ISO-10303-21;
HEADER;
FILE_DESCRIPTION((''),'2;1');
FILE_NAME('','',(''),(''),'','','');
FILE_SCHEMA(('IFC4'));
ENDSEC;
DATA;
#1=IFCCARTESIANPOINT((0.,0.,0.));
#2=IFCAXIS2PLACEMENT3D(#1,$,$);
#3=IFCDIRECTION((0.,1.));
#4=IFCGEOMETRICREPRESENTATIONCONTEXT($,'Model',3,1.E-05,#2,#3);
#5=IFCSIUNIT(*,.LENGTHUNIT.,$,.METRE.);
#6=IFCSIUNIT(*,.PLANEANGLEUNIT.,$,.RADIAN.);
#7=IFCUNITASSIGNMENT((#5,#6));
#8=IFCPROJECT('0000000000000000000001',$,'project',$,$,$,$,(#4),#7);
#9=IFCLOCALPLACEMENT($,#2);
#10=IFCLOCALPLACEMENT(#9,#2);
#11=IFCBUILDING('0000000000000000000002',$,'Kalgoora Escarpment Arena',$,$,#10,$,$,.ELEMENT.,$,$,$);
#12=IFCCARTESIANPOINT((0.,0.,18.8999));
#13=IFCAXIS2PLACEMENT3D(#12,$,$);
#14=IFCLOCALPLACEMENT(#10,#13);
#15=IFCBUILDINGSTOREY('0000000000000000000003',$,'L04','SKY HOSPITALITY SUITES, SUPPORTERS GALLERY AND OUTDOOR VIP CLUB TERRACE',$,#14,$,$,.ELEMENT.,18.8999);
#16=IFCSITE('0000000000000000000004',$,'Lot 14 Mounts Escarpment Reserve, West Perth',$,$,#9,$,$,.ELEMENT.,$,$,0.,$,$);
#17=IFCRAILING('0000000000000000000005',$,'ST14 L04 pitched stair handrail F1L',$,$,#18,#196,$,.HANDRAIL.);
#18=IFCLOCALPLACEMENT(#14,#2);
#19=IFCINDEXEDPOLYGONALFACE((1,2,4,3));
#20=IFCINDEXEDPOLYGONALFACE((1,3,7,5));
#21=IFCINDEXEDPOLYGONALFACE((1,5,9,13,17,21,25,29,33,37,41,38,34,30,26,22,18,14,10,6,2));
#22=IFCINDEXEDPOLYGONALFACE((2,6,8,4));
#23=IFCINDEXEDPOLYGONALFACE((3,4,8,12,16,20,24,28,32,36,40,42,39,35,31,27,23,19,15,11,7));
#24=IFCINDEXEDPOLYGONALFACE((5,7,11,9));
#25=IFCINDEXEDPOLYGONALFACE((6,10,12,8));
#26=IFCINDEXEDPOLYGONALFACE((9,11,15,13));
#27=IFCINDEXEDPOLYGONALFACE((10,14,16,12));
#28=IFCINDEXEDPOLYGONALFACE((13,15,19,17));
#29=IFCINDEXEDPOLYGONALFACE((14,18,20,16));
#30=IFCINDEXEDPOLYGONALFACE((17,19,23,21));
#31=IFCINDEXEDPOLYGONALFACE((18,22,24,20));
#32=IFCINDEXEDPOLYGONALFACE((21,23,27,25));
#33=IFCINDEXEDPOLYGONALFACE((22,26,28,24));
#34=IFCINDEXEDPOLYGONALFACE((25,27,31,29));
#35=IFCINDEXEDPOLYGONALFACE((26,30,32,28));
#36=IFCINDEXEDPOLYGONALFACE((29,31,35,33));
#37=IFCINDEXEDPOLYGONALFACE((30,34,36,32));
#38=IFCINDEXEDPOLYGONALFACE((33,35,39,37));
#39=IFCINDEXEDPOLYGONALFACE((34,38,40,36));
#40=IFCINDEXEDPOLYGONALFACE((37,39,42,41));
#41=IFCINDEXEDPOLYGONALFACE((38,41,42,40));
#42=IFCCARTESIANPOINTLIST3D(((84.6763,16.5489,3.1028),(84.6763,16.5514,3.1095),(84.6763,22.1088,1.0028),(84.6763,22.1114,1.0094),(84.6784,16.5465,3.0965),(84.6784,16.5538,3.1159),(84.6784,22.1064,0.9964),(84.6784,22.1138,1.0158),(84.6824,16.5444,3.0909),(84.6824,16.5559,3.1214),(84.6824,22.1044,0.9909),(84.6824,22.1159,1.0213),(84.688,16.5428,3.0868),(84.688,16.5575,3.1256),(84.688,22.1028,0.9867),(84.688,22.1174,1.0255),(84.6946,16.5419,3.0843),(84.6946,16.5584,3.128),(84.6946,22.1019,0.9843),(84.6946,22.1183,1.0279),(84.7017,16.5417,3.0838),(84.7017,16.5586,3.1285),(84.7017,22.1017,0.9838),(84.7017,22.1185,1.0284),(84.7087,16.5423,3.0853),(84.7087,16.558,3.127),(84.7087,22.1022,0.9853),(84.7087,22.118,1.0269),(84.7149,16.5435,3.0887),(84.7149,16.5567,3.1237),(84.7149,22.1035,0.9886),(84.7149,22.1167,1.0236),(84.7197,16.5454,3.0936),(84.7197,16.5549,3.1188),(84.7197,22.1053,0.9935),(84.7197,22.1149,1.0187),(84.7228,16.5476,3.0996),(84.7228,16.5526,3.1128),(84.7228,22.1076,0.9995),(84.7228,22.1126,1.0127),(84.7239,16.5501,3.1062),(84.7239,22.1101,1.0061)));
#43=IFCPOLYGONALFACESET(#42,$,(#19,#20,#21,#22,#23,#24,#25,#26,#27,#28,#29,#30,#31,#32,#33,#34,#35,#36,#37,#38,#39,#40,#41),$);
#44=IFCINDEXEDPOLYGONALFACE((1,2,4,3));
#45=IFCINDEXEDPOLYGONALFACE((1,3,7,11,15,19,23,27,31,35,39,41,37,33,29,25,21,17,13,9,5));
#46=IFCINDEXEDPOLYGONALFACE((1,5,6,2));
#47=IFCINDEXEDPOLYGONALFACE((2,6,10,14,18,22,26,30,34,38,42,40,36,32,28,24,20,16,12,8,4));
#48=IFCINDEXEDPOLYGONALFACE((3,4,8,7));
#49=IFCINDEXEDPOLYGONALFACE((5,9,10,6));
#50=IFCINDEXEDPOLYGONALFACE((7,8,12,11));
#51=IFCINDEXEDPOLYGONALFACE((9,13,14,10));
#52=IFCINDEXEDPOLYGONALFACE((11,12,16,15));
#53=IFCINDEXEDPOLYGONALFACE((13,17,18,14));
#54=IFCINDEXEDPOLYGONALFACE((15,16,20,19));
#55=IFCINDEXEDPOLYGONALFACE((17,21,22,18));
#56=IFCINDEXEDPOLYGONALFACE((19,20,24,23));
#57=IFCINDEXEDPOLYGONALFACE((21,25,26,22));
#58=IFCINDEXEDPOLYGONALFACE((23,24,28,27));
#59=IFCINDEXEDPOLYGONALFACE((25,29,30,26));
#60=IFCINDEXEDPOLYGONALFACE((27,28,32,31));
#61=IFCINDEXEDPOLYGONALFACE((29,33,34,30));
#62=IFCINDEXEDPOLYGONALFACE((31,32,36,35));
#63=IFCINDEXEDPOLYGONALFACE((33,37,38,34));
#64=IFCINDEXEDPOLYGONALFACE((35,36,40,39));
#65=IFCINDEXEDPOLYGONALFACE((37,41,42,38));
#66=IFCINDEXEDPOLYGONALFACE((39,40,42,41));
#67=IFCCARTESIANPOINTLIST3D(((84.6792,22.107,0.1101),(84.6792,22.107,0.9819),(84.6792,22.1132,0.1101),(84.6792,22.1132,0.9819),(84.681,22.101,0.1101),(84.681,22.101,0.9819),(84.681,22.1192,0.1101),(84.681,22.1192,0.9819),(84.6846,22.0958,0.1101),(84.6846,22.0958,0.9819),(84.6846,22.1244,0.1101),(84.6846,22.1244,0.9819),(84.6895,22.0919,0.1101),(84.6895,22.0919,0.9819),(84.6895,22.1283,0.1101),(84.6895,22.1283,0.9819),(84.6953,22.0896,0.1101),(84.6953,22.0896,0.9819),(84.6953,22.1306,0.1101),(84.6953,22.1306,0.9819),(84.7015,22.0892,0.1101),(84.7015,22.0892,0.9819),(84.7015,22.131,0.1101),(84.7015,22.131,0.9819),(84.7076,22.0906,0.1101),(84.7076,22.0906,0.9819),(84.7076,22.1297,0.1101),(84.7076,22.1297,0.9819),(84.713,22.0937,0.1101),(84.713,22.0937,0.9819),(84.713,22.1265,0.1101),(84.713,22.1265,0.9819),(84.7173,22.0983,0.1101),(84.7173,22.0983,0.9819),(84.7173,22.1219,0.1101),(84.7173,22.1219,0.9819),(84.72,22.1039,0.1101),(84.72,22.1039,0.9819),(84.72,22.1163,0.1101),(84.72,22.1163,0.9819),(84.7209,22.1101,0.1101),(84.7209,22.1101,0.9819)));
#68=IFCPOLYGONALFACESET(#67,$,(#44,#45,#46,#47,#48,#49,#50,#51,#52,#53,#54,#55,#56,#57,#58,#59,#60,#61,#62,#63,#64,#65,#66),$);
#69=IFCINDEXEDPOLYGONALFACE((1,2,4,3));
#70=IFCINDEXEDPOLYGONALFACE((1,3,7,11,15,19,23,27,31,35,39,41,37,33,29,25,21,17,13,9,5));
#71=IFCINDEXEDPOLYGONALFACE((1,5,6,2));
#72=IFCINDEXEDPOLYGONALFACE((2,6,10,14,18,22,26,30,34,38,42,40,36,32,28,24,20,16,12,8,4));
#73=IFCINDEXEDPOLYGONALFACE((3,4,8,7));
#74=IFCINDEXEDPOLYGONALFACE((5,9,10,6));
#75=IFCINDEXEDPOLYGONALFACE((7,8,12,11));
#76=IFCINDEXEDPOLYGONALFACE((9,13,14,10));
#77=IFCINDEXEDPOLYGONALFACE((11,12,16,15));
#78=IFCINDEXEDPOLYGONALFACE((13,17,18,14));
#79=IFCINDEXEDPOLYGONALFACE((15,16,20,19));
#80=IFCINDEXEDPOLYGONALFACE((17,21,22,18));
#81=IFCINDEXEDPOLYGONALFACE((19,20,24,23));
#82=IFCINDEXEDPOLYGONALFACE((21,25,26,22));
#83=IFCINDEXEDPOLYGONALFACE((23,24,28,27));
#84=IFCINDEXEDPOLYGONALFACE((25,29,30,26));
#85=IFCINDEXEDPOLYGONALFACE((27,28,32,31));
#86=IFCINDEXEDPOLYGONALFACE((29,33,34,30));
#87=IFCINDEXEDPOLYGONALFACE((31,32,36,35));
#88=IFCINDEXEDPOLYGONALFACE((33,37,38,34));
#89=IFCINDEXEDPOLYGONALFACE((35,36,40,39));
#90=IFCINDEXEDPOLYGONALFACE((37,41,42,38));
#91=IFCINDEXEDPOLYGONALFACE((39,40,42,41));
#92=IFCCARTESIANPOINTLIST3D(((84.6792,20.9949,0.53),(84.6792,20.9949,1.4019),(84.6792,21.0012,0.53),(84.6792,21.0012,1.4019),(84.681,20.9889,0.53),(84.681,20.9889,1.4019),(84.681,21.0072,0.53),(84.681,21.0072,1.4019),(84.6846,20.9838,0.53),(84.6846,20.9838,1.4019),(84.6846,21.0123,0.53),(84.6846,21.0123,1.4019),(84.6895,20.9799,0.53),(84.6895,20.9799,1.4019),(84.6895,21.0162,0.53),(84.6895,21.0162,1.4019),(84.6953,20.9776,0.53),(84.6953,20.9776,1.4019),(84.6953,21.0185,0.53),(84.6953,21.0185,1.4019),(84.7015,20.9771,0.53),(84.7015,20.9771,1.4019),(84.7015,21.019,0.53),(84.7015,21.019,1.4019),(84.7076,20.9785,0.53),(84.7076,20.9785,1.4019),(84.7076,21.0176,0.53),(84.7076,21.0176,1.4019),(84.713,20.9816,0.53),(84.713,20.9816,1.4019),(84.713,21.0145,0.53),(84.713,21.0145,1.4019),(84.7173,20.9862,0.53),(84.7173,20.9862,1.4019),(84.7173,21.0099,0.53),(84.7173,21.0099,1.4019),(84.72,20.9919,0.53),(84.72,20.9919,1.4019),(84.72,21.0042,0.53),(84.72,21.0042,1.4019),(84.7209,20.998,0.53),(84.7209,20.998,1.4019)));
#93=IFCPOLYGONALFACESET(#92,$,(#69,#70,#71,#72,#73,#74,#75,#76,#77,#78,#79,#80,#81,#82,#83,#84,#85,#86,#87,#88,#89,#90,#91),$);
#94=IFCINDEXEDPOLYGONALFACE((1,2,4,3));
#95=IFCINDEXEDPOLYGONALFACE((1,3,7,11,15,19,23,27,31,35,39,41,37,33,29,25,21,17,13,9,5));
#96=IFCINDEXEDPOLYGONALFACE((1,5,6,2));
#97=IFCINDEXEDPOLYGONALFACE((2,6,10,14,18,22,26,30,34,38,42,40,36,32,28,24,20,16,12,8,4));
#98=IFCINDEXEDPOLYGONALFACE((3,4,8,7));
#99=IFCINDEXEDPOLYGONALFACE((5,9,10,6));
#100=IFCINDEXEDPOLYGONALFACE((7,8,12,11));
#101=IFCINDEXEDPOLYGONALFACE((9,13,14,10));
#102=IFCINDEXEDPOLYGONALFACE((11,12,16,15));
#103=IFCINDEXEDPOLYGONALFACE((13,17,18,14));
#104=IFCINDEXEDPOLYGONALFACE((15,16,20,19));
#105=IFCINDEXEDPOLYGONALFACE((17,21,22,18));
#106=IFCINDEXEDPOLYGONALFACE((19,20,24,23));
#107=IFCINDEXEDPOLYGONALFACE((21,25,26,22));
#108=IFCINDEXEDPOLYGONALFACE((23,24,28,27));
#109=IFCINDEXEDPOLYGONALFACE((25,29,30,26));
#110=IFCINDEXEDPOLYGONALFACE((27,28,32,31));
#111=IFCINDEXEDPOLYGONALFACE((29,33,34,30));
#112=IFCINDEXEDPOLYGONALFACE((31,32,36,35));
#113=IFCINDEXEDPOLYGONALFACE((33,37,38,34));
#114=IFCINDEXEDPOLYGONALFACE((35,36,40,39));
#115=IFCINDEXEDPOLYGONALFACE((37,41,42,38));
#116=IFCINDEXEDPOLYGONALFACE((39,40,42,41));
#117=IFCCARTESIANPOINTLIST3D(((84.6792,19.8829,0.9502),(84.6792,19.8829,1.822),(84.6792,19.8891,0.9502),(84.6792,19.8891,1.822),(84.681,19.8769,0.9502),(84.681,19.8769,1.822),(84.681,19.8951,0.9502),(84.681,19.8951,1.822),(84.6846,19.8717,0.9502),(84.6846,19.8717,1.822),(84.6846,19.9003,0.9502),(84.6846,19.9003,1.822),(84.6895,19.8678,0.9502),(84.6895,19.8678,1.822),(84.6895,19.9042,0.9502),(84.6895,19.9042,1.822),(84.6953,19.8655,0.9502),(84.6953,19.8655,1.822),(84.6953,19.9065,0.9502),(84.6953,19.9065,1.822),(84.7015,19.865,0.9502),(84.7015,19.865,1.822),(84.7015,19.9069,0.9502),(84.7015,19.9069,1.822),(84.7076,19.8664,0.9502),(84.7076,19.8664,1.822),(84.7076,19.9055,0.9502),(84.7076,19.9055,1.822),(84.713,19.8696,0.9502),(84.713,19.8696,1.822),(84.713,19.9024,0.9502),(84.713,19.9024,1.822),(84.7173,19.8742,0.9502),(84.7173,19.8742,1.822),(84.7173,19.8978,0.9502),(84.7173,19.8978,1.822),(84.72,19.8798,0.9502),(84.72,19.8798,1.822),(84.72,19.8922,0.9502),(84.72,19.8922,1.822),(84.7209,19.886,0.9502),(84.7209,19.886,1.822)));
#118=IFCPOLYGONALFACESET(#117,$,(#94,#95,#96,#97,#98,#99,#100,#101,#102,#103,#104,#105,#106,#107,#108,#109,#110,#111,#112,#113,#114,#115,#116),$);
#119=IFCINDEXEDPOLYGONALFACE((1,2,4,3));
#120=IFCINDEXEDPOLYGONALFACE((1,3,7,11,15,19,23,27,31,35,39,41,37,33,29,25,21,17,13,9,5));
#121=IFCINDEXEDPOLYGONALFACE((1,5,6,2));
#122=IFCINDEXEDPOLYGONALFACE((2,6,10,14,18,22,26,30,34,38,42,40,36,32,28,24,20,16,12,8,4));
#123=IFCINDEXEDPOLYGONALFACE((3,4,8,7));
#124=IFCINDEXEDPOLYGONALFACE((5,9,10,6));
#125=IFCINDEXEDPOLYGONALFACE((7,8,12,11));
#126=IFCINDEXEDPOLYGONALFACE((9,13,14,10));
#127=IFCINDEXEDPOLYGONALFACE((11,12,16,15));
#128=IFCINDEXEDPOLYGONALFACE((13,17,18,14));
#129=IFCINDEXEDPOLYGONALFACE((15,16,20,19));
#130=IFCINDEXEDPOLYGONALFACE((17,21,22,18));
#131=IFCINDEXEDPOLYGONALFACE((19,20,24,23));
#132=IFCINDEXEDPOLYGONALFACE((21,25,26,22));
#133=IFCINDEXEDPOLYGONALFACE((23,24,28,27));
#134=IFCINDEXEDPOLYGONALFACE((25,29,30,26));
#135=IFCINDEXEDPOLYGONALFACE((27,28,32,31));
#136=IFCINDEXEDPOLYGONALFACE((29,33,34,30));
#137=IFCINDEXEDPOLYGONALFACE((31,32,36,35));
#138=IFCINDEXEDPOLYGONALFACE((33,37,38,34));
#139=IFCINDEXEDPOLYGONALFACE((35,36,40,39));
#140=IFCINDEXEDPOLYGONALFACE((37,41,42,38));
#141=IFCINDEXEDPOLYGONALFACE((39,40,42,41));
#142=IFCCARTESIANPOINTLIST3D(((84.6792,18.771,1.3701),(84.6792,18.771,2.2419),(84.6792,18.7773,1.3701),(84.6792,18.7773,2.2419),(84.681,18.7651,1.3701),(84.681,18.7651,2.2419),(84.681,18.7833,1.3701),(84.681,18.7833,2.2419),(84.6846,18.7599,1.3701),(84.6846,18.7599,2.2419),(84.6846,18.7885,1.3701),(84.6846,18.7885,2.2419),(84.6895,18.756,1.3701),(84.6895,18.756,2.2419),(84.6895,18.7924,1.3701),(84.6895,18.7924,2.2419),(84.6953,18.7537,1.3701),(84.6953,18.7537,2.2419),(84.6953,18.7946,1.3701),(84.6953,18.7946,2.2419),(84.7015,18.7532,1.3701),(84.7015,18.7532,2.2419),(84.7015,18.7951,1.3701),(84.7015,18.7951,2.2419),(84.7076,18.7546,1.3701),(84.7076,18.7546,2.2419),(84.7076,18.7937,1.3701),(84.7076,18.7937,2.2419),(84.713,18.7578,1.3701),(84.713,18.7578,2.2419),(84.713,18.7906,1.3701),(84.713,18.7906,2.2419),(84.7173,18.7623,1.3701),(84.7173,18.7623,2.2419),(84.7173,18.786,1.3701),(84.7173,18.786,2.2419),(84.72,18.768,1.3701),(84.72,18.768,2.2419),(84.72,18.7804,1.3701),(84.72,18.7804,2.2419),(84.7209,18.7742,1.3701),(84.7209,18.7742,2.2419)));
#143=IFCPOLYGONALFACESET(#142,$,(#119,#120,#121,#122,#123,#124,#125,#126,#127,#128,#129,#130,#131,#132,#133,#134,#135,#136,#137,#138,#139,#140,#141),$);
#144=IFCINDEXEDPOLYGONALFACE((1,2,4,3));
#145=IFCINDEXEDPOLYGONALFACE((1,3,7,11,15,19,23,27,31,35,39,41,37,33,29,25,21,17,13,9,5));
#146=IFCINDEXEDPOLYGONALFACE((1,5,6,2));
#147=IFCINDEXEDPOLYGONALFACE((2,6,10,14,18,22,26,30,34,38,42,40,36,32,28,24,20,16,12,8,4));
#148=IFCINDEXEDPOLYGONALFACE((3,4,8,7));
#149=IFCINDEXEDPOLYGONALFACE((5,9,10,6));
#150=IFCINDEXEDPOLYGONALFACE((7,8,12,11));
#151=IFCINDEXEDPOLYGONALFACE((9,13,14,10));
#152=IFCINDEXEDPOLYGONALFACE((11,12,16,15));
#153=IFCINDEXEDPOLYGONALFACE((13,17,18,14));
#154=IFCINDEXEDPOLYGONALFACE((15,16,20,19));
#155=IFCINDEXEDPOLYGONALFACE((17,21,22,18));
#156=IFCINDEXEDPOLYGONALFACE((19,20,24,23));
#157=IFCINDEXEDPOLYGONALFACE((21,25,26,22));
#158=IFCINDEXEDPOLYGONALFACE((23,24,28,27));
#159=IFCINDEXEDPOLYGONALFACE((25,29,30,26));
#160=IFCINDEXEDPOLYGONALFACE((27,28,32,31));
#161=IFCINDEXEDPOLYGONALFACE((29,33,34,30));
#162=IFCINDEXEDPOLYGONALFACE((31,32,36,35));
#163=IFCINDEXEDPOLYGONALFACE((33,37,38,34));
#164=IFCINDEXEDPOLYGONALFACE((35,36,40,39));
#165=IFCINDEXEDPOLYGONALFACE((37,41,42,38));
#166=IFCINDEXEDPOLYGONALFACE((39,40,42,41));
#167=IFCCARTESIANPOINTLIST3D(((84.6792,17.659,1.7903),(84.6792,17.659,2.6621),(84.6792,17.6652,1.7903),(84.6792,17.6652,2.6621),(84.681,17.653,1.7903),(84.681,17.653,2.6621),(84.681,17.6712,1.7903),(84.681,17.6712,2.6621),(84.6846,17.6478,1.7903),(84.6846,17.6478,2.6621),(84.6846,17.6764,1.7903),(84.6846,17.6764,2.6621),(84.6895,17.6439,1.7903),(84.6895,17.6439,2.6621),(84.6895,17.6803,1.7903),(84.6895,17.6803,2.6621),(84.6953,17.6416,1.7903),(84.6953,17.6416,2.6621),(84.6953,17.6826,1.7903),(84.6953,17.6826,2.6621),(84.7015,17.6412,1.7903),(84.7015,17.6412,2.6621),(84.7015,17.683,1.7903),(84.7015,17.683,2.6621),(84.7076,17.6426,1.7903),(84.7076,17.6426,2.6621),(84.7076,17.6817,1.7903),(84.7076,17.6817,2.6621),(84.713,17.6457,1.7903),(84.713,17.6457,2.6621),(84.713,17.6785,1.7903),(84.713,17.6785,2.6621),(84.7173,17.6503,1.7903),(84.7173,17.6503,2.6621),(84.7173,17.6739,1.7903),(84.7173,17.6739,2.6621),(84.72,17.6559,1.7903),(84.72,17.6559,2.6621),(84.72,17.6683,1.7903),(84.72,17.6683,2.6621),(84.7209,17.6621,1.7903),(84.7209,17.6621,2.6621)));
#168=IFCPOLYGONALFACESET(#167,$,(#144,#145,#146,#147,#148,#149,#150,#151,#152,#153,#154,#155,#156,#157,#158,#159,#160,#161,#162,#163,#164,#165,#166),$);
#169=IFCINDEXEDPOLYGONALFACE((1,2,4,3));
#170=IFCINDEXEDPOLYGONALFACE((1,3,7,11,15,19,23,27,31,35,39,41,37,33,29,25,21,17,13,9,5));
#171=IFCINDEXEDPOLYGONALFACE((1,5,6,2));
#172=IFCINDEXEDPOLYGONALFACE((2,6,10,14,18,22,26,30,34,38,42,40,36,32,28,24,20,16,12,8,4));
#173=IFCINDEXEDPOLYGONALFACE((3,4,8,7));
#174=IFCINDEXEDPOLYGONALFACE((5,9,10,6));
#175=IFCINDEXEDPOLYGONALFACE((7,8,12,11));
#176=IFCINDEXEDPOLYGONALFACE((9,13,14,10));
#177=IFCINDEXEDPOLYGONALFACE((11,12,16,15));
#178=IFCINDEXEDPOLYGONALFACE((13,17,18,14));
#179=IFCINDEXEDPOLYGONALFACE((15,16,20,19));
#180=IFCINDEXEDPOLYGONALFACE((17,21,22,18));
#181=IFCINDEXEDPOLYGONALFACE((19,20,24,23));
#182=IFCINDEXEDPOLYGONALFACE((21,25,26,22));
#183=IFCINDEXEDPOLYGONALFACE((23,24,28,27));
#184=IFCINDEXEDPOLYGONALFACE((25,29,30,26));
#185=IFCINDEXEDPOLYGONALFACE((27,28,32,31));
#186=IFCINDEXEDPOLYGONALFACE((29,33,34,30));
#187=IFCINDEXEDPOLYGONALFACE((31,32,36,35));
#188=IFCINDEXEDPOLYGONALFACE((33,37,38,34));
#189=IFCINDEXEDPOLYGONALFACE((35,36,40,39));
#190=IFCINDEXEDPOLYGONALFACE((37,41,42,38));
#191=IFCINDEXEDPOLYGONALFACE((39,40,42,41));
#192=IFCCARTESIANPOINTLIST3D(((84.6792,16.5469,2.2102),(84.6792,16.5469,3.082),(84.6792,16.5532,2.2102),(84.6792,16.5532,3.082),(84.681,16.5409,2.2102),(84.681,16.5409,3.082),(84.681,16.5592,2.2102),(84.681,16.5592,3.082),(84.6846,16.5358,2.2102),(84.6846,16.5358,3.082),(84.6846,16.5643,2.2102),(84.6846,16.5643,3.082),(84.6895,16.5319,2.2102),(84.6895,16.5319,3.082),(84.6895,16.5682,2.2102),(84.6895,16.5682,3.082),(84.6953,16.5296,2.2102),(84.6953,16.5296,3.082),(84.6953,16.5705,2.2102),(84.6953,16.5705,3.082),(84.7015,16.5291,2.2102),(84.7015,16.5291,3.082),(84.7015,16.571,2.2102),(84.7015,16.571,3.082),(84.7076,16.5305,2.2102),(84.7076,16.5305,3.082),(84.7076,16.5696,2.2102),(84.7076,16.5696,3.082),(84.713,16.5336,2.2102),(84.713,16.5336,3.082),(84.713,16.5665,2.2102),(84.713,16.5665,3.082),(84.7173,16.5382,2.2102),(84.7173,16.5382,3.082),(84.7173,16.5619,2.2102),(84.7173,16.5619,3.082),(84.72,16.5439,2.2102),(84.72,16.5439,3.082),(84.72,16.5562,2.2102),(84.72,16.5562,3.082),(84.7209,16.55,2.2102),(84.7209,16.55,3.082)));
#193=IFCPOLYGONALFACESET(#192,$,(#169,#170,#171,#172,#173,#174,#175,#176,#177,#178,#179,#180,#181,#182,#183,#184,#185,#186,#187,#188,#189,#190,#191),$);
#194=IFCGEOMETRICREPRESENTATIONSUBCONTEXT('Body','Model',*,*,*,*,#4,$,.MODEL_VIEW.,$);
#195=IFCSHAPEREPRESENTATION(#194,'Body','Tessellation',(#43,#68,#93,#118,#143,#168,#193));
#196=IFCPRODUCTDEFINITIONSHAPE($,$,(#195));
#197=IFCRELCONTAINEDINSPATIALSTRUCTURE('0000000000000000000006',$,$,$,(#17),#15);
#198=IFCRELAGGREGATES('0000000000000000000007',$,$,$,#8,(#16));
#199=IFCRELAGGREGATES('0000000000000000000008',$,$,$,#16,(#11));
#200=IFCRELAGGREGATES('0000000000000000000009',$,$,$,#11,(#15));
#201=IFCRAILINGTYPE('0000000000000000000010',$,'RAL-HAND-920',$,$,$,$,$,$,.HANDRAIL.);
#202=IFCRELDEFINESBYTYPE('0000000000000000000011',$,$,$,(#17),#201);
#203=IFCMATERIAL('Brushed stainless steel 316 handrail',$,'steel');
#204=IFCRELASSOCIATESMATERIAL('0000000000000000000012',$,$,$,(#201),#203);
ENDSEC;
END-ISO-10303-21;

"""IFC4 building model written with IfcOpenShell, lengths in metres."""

from ifc_helpers import new_model, si_unit, direction, frame, origin, origin_2d, place, context, subcontext, project, spatial, circle, extrude, material, type_object, element, save


model = new_model("IFC4")

# Units and contexts
model_context = context("Model", 3, precision=1e-05, world=origin(), true_north=direction((0.0, 1.0)))
body_context = subcontext(model_context, "Body", "Model", "MODEL_VIEW")
ifc_project = project(units=[si_unit("LENGTHUNIT", "METRE"), si_unit("PLANEANGLEUNIT", "RADIAN")], contexts=[model_context])

# Site, building, storey
site_placement = place(None, origin())
site = spatial("IfcSite", under=ifc_project, at=site_placement, Name="Lot 14 Mounts Escarpment Reserve, West Perth", CompositionType="ELEMENT", RefElevation=0.0)
building_placement = place(site_placement, origin())
building = spatial("IfcBuilding", under=site, at=building_placement, Name="Kalgoora Escarpment Arena", CompositionType="ELEMENT")
storey_placement = place(building_placement, frame((0.0, 0.0, 18.8999)))
storey = spatial("IfcBuildingStorey", under=building, at=storey_placement, Name="L04", Description="SKY HOSPITALITY SUITES, SUPPORTERS GALLERY AND OUTDOOR VIP CLUB TERRACE", CompositionType="ELEMENT", Elevation=18.8999)

# Railing
ifc_material_1 = material(Name="Brushed stainless steel 316 handrail", Category="steel")
railing_type_1 = type_object("IfcRailingType", Name="RAL-HAND-920", PredefinedType="HANDRAIL", material=ifc_material_1)
for number, where, name in (
    (1, (84.7, 22.1101, 0.1101), "ST14 L04 pitched stair handrail F1L"),
):
    element("IfcRailing", number, at=place(storey_placement, frame(where)), inside=storey, type_object=railing_type_1, Name=name, PredefinedType="HANDRAIL", context=body_context, shape_type="SweptSolid", body=[
        extrude(circle(Radius=0.0239, at=origin_2d()), frame((0.0, 0.0, 0.896), z_axis=(0.0, -0.935493, 0.353346), x_axis=(1.0, 0.0, 0.0)), (0.0, 0.0, 1.0), 5.9434),
        extrude(circle(Radius=0.021, at=origin_2d()), origin(), (0.0, 0.0, 1.0), 0.8718),
        extrude(circle(Radius=0.021, at=origin_2d()), frame((0.0, -1.1121, 0.4199)), (0.0, 0.0, 1.0), 0.8718),
        extrude(circle(Radius=0.021, at=origin_2d()), frame((0.0, -2.2241, 0.8401)), (0.0, 0.0, 1.0), 0.8718),
        extrude(circle(Radius=0.021, at=origin_2d()), frame((0.0, -3.3359, 1.26)), (0.0, 0.0, 1.0), 0.8718),
        extrude(circle(Radius=0.021, at=origin_2d()), frame((0.0, -4.448, 1.6802)), (0.0, 0.0, 1.0), 0.8718),
        extrude(circle(Radius=0.021, at=origin_2d()), frame((0.0, -5.5601, 2.1001)), (0.0, 0.0, 1.0), 0.8718),
    ])

save(model, "model.ifc")
